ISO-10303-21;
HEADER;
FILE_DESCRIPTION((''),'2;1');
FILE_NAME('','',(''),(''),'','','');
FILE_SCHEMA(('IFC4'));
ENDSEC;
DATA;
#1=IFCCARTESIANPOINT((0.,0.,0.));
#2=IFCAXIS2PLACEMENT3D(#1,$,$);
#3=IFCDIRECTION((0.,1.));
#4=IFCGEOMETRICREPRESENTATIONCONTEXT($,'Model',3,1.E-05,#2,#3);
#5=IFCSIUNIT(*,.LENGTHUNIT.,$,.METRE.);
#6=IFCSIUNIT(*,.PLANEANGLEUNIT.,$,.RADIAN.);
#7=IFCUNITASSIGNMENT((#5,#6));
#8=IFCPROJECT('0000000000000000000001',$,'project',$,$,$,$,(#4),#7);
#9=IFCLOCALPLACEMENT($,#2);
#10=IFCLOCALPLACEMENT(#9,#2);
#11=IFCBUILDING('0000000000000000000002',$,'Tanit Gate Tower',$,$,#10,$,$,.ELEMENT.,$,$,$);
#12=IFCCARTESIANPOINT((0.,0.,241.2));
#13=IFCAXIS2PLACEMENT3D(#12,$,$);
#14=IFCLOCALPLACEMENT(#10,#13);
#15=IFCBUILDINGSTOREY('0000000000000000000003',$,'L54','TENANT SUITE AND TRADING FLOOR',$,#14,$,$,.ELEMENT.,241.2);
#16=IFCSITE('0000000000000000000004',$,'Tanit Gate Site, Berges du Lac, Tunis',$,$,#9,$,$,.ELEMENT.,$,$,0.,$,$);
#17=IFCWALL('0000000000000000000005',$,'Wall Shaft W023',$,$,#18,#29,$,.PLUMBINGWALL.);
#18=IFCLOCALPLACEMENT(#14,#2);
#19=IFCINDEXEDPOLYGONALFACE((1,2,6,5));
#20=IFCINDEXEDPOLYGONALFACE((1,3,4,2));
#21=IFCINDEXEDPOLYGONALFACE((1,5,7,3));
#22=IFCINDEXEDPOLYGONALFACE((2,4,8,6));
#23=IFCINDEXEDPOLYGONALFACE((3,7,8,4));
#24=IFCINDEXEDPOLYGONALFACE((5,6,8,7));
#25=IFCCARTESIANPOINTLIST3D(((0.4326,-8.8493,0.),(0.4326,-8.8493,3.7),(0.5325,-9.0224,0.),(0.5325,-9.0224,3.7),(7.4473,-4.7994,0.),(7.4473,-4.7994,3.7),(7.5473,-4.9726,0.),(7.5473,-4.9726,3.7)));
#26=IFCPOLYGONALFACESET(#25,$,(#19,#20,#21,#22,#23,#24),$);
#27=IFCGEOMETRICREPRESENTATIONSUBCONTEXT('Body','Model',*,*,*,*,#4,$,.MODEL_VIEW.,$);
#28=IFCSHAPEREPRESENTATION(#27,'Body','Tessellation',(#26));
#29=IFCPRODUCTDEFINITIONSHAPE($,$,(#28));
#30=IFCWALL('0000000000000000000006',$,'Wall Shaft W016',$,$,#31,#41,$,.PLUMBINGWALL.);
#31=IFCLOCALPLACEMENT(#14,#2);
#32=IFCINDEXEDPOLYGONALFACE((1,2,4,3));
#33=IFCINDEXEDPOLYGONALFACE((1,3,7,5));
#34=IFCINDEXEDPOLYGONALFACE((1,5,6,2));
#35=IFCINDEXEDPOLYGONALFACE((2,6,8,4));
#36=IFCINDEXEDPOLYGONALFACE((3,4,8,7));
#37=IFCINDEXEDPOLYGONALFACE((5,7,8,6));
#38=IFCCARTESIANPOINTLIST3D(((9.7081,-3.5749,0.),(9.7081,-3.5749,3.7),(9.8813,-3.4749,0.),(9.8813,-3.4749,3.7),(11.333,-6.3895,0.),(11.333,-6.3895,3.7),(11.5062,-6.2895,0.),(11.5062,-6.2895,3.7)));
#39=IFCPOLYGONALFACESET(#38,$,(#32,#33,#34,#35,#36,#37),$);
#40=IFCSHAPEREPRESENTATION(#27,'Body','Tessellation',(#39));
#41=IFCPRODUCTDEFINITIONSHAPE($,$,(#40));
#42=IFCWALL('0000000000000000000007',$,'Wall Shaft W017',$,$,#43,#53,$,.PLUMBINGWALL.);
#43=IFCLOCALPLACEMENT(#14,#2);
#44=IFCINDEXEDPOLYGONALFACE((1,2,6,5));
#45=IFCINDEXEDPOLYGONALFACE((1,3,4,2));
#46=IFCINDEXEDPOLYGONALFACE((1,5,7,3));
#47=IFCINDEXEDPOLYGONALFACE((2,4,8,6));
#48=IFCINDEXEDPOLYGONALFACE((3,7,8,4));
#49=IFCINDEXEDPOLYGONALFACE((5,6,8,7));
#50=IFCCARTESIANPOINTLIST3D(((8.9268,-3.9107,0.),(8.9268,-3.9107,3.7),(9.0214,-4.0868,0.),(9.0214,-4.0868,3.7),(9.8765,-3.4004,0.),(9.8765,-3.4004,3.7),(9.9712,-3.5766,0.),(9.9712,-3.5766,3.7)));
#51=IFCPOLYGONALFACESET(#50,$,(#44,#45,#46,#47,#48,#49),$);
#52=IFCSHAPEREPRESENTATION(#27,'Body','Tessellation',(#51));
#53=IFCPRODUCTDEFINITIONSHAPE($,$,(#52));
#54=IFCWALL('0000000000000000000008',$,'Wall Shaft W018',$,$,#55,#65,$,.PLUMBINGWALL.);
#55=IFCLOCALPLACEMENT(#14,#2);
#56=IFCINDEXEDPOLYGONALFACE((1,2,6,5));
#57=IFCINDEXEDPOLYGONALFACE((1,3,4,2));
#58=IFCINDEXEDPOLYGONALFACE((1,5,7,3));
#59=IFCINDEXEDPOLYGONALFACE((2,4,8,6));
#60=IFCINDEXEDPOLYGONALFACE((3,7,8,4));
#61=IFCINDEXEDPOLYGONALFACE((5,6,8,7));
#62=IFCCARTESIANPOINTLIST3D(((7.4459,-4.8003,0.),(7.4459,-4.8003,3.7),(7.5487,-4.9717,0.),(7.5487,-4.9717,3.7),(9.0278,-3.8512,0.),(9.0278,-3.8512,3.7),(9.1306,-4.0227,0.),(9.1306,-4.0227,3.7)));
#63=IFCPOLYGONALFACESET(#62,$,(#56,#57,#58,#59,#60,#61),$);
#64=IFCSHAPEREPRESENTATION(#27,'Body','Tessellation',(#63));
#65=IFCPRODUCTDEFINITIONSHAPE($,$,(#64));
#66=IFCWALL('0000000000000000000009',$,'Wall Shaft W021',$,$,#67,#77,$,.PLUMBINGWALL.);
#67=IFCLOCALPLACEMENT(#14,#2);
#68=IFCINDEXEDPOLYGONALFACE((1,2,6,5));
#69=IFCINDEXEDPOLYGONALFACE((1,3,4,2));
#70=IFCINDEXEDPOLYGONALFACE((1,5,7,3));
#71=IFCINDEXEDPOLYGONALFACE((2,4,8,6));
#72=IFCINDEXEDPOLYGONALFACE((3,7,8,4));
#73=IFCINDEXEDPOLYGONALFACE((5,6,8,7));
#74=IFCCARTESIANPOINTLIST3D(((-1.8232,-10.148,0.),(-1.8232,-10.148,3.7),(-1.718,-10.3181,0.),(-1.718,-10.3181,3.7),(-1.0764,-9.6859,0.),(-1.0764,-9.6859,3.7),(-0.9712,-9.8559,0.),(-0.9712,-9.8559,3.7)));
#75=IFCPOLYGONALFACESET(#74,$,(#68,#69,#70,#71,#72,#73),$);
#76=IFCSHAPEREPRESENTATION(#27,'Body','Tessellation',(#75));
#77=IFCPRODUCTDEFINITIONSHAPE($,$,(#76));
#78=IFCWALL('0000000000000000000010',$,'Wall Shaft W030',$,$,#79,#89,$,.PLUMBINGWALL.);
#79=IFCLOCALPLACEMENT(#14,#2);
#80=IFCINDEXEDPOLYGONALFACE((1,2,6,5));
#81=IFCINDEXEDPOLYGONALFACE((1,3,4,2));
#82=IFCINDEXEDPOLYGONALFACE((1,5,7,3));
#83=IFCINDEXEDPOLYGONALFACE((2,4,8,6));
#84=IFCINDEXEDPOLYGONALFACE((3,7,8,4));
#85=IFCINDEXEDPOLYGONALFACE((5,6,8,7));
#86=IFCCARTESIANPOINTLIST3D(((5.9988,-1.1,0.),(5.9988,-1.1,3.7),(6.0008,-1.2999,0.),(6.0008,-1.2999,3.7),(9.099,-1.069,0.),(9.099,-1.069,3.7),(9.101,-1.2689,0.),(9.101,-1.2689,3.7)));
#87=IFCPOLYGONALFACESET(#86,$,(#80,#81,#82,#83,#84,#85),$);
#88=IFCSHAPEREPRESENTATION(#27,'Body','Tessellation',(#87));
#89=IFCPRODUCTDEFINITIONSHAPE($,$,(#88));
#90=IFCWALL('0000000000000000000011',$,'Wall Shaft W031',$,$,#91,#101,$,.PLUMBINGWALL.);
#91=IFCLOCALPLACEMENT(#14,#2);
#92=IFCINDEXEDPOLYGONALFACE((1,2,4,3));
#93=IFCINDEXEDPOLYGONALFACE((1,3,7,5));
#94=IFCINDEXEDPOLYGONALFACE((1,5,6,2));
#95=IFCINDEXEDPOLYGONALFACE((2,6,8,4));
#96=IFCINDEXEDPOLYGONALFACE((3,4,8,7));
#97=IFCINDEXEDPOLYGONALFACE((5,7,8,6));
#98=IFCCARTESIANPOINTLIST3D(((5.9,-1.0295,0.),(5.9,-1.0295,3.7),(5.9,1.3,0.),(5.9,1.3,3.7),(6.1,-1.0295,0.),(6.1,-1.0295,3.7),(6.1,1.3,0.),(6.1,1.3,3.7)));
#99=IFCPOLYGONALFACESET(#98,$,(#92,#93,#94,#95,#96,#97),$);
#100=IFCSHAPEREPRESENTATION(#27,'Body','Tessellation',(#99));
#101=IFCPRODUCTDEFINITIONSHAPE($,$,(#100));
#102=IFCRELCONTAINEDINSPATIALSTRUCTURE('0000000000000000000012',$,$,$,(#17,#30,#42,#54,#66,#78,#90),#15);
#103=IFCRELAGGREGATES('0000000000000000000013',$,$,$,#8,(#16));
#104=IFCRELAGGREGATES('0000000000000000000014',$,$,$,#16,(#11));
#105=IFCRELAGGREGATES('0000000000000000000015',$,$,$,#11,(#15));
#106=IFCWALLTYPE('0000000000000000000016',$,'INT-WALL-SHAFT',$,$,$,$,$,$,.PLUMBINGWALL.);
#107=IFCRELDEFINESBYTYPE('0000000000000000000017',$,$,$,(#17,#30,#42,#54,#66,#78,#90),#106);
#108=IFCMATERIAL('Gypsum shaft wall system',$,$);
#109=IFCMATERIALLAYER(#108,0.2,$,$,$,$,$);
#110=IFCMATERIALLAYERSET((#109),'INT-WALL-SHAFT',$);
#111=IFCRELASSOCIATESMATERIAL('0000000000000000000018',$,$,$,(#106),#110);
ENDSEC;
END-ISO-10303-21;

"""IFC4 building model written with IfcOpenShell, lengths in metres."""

from ifc_helpers import new_model, si_unit, direction, frame, frame_2d, origin, place, context, subcontext, project, spatial, rectangle, extrude, material, layer, layer_set, type_object, element, save


model = new_model("IFC4")

# Units and contexts
model_context = context("Model", 3, precision=1e-05, world=origin(), true_north=direction((0.0, 1.0)))
body_context = subcontext(model_context, "Body", "Model", "MODEL_VIEW")
ifc_project = project(units=[si_unit("LENGTHUNIT", "METRE"), si_unit("PLANEANGLEUNIT", "RADIAN")], contexts=[model_context])

# Site, building, storey
site_placement = place(None, origin())
site = spatial("IfcSite", under=ifc_project, at=site_placement, Name="Tanit Gate Site, Berges du Lac, Tunis", CompositionType="ELEMENT", RefElevation=0.0)
building_placement = place(site_placement, origin())
building = spatial("IfcBuilding", under=site, at=building_placement, Name="Tanit Gate Tower", CompositionType="ELEMENT")
storey_placement = place(building_placement, frame((0.0, 0.0, 241.2)))
storey = spatial("IfcBuildingStorey", under=building, at=storey_placement, Name="L54", Description="TENANT SUITE AND TRADING FLOOR", CompositionType="ELEMENT", Elevation=241.2)

# Walls
ifc_material_1 = material(Name="Gypsum shaft wall system")
ifc_layer_1 = layer(ifc_material_1, 0.2)
ifc_layer_set_1 = layer_set([ifc_layer_1], Name="INT-WALL-SHAFT")
wall_type_1 = type_object("IfcWallType", Name="INT-WALL-SHAFT", PredefinedType="PLUMBINGWALL", material=ifc_layer_set_1)
wall_1_placement = place(storey_placement, frame((0.4827, -8.9358, 0.0), z_axis=(0.0, 0.0, 1.0), x_axis=(0.866031, 0.49999, 0.0)))
element("IfcWall", 1, at=wall_1_placement, inside=storey, type_object=wall_type_1, Name="Wall Shaft W023", PredefinedType="PLUMBINGWALL", context=body_context, shape_type="SweptSolid", body=[
    extrude(rectangle(XDim=8.0999, YDim=0.2, at=frame_2d((4.0498, 0.0))), origin(), (0.0, 0.0, 1.0), 3.7),
])
wall_2_placement = place(storey_placement, frame((9.7947, -3.5249, 0.0), z_axis=(0.0, 0.0, 1.0), x_axis=(0.499985, -0.866034, 0.0)))
element("IfcWall", 2, at=wall_2_placement, inside=storey, type_object=wall_type_1, Name="Wall Shaft W016", PredefinedType="PLUMBINGWALL", context=body_context, shape_type="SweptSolid", body=[
    extrude(rectangle(XDim=3.25, YDim=0.2, at=frame_2d((1.625, 0.0))), origin(), (0.0, 0.0, 1.0), 3.7),
])
wall_3_placement = place(storey_placement, frame((8.9741, -3.9988, 0.0), z_axis=(0.0, 0.0, 1.0), x_axis=(0.880907, 0.473289, 0.0)))
element("IfcWall", 3, at=wall_3_placement, inside=storey, type_object=wall_type_1, Name="Wall Shaft W017", PredefinedType="PLUMBINGWALL", context=body_context, shape_type="SweptSolid", body=[
    extrude(rectangle(XDim=1.0781, YDim=0.2, at=frame_2d((0.5391, 0.0))), origin(), (0.0, 0.0, 1.0), 3.7),
])
wall_4_placement = place(storey_placement, frame((7.4973, -4.886, 0.0), z_axis=(0.0, 0.0, 1.0), x_axis=(0.857516, 0.514457, 0.0)))
element("IfcWall", 4, at=wall_4_placement, inside=storey, type_object=wall_type_1, Name="Wall Shaft W018", PredefinedType="PLUMBINGWALL", context=body_context, shape_type="SweptSolid", body=[
    extrude(rectangle(XDim=1.8447, YDim=0.2, at=frame_2d((0.9224, 0.0))), origin(), (0.0, 0.0, 1.0), 3.7),
])
wall_5_placement = place(storey_placement, frame((-1.0239, -9.771, 0.0), z_axis=(0.0, 0.0, 1.0), x_axis=(-0.850348, -0.526221, 0.0)))
element("IfcWall", 5, at=wall_5_placement, inside=storey, type_object=wall_type_1, Name="Wall Shaft W021", PredefinedType="PLUMBINGWALL", context=body_context, shape_type="SweptSolid", body=[
    extrude(rectangle(XDim=0.8782, YDim=0.2, at=frame_2d((0.439, 0.0))), origin(), (0.0, 0.0, 1.0), 3.7),
])
wall_6_placement = place(storey_placement, frame((9.1001, -1.1689, 0.0), z_axis=(0.0, 0.0, 1.0), x_axis=(-0.99995, -0.010001, 0.0)))
element("IfcWall", 6, at=wall_6_placement, inside=storey, type_object=wall_type_1, Name="Wall Shaft W030", PredefinedType="PLUMBINGWALL", context=body_context, shape_type="SweptSolid", body=[
    extrude(rectangle(XDim=3.1003, YDim=0.2, at=frame_2d((1.5503, 0.0))), origin(), (0.0, 0.0, 1.0), 3.7),
])
wall_7_placement = place(storey_placement, frame((6.0, -1.0295, 0.0), z_axis=(0.0, 0.0, 1.0), x_axis=(0.0, 1.0, 0.0)))
element("IfcWall", 7, at=wall_7_placement, inside=storey, type_object=wall_type_1, Name="Wall Shaft W031", PredefinedType="PLUMBINGWALL", context=body_context, shape_type="SweptSolid", body=[
    extrude(rectangle(XDim=2.3296, YDim=0.2, at=frame_2d((1.1648, 0.0))), origin(), (0.0, 0.0, 1.0), 3.7),
])

save(model, "model.ifc")
